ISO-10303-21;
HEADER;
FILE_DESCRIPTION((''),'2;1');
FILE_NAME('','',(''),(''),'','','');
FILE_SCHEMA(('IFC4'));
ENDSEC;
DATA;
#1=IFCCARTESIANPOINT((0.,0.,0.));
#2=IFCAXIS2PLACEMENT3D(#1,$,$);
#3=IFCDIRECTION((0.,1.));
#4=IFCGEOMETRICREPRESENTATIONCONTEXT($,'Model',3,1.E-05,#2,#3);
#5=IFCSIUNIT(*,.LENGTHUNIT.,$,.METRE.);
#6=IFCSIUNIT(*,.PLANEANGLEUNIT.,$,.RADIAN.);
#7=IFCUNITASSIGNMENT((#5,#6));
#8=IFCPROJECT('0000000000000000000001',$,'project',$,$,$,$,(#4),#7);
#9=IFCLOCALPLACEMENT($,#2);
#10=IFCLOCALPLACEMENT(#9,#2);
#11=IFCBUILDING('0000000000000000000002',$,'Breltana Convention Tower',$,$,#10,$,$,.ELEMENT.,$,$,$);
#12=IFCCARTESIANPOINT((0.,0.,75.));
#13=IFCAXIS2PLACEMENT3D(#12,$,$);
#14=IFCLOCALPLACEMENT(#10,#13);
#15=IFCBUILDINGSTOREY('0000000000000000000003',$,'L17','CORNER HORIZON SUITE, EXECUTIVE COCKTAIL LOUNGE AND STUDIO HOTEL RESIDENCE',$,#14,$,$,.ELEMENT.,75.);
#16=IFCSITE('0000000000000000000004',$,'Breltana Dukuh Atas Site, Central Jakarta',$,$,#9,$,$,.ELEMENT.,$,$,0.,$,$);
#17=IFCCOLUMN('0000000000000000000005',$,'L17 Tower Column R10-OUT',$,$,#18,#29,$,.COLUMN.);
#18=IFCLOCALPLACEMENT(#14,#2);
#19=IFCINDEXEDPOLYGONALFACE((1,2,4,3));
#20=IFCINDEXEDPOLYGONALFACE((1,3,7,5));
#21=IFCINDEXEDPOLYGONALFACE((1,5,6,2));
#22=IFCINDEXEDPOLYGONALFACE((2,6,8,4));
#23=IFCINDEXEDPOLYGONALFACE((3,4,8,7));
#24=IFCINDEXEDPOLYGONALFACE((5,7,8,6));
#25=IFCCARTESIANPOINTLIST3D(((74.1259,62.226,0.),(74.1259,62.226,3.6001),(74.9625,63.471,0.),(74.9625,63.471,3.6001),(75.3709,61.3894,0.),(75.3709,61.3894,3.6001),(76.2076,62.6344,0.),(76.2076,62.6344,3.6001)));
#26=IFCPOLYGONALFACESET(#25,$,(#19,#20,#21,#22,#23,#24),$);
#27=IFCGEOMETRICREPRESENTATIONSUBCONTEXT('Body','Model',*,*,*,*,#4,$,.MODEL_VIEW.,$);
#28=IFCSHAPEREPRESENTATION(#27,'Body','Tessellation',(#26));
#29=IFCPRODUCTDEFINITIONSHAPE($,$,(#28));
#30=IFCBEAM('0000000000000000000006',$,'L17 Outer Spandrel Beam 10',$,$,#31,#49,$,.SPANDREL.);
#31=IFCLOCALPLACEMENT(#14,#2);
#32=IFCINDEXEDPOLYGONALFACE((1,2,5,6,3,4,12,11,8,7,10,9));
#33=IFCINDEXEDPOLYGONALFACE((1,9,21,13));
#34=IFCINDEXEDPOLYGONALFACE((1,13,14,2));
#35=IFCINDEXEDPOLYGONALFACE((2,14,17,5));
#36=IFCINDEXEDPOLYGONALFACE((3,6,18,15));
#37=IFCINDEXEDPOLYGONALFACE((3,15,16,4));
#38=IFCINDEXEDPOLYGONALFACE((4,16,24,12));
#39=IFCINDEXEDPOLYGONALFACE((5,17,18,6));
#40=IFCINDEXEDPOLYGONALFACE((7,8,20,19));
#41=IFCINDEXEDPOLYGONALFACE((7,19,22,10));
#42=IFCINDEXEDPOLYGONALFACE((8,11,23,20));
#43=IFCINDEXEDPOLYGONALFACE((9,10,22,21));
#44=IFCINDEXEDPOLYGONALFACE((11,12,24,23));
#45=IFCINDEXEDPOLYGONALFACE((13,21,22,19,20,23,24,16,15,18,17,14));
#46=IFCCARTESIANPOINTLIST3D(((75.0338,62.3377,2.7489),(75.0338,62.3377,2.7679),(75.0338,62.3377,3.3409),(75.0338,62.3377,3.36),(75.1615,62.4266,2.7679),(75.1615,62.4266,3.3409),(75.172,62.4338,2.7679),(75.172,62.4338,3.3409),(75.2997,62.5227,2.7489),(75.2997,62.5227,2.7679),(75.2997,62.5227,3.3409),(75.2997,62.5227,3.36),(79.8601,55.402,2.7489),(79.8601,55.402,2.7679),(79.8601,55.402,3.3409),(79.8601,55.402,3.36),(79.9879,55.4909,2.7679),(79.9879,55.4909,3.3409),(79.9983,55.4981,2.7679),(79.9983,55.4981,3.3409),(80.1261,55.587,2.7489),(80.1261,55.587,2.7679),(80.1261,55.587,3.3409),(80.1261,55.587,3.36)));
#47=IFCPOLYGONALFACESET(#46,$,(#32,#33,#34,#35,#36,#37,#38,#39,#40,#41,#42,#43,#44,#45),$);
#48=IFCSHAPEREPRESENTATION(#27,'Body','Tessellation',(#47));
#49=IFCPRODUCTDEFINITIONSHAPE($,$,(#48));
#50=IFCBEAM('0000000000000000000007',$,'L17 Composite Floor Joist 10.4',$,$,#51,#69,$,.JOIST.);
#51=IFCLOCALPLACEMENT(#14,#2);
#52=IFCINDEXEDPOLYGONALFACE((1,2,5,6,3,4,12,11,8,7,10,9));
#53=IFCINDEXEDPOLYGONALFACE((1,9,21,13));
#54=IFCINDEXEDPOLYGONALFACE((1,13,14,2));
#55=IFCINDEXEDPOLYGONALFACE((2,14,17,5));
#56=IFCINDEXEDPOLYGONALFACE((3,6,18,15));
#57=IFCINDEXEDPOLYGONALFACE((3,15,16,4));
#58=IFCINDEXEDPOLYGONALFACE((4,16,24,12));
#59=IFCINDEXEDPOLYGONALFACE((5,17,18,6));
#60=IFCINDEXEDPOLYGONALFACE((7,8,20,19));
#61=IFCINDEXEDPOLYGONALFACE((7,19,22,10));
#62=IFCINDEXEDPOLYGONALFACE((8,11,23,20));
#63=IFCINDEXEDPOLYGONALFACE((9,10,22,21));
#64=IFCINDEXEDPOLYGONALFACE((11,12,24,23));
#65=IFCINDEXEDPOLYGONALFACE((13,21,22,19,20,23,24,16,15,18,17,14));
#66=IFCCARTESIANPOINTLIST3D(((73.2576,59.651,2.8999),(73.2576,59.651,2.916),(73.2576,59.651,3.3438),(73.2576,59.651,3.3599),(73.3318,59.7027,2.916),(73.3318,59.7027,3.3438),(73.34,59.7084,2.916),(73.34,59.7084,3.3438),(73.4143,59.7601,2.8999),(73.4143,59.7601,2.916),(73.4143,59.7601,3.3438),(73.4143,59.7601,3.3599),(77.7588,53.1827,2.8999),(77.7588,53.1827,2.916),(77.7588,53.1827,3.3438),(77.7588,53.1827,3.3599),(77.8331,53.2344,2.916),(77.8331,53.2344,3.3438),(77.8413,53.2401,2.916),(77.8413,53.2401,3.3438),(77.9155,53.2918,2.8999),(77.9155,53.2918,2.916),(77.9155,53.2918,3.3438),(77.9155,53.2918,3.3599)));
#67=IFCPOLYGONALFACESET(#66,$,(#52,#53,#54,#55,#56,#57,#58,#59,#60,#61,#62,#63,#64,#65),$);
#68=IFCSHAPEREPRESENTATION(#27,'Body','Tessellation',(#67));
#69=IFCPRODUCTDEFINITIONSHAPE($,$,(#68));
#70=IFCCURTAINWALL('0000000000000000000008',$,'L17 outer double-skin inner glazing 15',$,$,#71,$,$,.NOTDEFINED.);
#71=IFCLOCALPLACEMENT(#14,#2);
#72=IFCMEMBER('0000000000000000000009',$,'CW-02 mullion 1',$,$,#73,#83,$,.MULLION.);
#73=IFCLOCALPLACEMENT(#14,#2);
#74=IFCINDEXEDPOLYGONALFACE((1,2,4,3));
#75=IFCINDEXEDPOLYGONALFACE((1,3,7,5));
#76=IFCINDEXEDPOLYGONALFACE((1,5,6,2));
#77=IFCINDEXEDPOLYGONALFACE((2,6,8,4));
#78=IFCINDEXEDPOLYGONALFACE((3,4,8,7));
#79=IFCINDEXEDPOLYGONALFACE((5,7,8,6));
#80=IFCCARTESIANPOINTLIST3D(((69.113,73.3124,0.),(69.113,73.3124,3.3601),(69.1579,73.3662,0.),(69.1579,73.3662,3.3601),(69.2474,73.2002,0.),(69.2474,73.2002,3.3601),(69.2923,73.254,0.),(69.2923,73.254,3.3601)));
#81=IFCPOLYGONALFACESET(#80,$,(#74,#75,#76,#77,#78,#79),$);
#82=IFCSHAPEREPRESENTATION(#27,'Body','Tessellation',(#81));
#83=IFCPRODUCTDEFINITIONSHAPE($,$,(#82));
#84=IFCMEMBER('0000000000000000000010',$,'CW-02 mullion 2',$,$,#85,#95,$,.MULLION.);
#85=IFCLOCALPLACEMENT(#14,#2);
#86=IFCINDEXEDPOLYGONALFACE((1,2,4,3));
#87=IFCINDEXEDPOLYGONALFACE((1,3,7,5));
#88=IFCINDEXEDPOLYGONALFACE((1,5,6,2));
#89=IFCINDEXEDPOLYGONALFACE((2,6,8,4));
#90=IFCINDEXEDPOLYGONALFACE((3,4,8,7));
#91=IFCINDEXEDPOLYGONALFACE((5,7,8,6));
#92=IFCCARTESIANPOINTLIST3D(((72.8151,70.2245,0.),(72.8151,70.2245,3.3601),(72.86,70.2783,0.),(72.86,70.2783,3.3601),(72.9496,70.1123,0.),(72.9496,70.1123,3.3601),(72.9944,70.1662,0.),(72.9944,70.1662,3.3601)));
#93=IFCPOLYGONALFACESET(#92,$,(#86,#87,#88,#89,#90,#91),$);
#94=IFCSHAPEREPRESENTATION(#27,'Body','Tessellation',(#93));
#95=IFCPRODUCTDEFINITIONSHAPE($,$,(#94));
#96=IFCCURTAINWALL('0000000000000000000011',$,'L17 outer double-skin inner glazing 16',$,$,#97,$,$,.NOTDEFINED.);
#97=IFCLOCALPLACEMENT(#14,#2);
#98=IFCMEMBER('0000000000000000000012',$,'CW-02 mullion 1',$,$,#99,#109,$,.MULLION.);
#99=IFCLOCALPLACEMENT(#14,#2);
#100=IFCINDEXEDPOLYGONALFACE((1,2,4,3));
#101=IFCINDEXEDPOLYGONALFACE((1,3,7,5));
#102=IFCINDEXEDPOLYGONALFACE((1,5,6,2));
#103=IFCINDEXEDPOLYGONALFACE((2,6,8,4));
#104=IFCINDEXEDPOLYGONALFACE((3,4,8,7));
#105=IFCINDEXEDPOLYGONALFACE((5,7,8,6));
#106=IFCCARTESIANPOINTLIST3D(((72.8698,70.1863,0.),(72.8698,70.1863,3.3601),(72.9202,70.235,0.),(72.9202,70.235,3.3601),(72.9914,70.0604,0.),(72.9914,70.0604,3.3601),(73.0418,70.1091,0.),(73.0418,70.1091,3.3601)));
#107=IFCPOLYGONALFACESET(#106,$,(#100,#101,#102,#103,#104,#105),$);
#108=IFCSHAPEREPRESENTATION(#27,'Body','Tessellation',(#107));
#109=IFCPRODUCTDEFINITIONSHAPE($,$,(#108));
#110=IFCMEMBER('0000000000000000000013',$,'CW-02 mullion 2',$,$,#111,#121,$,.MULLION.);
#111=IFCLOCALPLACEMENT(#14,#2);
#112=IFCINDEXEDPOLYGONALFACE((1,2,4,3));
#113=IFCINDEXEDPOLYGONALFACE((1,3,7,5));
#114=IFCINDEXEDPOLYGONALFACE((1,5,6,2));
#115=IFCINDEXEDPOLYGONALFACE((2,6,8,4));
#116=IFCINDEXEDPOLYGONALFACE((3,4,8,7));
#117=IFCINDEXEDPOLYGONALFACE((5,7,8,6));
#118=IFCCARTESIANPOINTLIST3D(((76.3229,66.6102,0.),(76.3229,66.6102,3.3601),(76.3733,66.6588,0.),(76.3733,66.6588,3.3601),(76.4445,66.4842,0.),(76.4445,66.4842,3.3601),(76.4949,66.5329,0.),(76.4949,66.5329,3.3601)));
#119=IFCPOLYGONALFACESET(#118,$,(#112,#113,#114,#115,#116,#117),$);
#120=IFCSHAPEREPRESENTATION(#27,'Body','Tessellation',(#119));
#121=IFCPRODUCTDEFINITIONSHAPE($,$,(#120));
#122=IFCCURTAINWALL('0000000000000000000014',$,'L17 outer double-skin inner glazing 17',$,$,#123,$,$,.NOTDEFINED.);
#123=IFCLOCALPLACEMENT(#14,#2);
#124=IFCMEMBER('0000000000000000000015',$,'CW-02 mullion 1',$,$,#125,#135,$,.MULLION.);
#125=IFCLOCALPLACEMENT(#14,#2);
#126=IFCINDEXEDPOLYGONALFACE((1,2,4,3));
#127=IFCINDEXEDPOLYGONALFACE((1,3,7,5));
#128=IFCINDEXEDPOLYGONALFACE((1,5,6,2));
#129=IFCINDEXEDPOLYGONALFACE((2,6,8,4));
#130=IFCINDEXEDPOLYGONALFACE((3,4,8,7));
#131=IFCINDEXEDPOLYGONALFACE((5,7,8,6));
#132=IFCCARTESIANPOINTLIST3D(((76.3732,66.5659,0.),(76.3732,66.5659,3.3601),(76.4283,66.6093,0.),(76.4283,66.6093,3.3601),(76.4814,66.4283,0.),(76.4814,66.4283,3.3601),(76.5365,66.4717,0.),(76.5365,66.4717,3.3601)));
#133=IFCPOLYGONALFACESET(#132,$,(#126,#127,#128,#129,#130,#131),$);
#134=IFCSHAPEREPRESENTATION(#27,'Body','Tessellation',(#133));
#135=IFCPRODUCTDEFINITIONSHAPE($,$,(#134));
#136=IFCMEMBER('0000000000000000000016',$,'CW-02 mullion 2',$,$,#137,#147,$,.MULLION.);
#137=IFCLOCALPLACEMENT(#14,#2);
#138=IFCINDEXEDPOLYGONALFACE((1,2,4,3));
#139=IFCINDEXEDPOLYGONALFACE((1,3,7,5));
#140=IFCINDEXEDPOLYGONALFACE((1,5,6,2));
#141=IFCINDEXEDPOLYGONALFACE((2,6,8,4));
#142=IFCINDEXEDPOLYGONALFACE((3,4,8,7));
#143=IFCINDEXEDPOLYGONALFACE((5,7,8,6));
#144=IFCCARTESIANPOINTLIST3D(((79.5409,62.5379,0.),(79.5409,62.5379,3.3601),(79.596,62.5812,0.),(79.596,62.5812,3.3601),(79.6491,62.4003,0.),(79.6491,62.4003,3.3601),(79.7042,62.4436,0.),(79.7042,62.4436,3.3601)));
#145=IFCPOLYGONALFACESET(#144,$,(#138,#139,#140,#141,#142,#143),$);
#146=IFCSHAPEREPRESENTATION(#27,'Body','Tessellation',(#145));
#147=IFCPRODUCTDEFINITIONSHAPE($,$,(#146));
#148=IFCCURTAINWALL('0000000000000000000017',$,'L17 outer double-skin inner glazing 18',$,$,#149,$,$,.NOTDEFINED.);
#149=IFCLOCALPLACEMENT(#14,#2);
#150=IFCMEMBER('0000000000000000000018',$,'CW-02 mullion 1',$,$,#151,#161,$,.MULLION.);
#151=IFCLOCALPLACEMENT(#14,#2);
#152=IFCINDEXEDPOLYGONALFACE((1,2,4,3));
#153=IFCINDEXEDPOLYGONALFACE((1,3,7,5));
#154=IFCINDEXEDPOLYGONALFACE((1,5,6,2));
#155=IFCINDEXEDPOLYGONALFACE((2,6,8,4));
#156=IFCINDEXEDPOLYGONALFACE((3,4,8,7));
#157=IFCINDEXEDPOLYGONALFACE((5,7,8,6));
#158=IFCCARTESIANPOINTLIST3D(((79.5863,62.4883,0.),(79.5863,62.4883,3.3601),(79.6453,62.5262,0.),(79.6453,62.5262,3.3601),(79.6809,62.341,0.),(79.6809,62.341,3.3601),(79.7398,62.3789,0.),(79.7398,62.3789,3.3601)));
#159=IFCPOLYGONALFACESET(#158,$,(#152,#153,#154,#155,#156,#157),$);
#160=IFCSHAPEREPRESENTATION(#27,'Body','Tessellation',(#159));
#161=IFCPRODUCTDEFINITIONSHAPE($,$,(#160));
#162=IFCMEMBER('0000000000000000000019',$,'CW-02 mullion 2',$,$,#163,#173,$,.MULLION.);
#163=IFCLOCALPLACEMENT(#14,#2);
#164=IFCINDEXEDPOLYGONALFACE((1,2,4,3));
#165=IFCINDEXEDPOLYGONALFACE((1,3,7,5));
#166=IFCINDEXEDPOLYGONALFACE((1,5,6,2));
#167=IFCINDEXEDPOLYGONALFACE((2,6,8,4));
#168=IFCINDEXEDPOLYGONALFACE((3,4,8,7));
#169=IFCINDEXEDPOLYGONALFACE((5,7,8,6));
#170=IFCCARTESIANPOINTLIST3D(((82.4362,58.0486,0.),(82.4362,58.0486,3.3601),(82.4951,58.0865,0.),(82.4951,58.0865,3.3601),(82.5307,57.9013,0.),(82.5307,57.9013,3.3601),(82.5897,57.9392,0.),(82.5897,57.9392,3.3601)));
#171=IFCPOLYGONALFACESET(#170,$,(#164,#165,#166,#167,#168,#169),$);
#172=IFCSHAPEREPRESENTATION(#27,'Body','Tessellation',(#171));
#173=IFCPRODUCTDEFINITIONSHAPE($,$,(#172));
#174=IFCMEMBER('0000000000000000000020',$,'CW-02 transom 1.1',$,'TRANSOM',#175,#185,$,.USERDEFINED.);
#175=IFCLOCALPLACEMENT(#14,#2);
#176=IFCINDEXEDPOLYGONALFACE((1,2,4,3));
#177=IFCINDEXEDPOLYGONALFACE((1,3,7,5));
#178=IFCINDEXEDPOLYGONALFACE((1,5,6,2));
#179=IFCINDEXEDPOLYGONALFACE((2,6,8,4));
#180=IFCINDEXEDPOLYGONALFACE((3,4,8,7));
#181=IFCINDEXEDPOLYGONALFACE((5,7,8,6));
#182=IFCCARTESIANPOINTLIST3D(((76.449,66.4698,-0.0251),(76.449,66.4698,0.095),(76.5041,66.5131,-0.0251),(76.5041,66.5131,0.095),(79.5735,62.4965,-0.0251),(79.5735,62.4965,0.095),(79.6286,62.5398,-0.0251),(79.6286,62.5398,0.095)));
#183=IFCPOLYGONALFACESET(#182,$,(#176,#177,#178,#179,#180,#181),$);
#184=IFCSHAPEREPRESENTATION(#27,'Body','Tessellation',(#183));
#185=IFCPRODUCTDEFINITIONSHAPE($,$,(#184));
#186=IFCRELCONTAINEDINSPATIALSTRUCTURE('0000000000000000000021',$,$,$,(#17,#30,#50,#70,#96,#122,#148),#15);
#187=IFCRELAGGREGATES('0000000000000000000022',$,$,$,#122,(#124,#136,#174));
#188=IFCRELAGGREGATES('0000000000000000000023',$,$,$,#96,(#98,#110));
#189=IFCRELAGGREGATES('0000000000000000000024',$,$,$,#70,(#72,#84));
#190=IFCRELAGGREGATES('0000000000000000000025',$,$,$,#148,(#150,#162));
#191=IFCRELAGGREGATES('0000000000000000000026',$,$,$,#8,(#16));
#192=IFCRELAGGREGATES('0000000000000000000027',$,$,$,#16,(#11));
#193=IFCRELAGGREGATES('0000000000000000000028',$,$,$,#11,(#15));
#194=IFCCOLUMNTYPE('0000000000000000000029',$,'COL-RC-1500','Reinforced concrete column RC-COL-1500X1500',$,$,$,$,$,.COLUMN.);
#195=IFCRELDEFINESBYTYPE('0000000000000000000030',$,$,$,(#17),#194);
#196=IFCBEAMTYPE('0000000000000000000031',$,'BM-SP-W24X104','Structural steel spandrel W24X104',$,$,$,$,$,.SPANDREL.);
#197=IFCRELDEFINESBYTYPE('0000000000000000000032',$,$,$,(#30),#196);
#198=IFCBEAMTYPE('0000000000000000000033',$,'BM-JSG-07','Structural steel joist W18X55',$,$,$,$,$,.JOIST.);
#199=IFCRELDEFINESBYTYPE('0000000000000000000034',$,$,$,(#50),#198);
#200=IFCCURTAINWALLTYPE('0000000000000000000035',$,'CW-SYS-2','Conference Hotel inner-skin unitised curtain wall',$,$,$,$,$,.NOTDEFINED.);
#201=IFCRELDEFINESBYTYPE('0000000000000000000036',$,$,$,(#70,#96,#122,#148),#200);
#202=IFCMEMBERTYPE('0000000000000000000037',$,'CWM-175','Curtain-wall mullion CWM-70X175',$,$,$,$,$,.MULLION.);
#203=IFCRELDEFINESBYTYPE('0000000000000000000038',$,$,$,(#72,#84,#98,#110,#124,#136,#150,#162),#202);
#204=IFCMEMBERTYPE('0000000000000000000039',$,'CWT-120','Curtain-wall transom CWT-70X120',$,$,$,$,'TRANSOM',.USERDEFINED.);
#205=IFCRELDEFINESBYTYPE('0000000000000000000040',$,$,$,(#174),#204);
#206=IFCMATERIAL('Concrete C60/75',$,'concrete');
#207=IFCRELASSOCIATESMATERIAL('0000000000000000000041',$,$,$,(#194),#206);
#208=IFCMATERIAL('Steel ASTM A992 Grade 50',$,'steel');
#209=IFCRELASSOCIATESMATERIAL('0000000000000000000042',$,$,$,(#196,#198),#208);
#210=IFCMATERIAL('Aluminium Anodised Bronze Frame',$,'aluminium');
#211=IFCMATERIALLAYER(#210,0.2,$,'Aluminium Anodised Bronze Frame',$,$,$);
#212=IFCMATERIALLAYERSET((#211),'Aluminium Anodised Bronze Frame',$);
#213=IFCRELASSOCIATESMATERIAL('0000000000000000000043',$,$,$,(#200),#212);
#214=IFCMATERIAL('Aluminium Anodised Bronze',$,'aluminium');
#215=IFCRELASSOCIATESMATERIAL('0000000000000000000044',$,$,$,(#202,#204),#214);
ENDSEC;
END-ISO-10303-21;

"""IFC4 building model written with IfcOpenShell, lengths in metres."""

from ifc_helpers import new_model, si_unit, direction, frame, origin, origin_2d, place, context, subcontext, project, spatial, rectangle, i_section, extrude, source, transform, mapped, material, layer, layer_set, material_profile, profile_set, type_object, type_shapes, element, aggregate, save


model = new_model("IFC4")

# Units and contexts
model_context = context("Model", 3, precision=1e-05, world=origin(), true_north=direction((0.0, 1.0)))
body_context = subcontext(model_context, "Body", "Model", "MODEL_VIEW")
ifc_project = project(units=[si_unit("LENGTHUNIT", "METRE"), si_unit("PLANEANGLEUNIT", "RADIAN")], contexts=[model_context])

# Site, building, storey
site_placement = place(None, origin())
site = spatial("IfcSite", under=ifc_project, at=site_placement, Name="Breltana Dukuh Atas Site, Central Jakarta", CompositionType="ELEMENT", RefElevation=0.0)
building_placement = place(site_placement, origin())
building = spatial("IfcBuilding", under=site, at=building_placement, Name="Breltana Convention Tower", CompositionType="ELEMENT")
storey_placement = place(building_placement, frame((0.0, 0.0, 75.0)))
storey = spatial("IfcBuildingStorey", under=building, at=storey_placement, Name="L17", Description="CORNER HORIZON SUITE, EXECUTIVE COCKTAIL LOUNGE AND STUDIO HOTEL RESIDENCE", CompositionType="ELEMENT", Elevation=75.0)

# Column
ifc_material_1 = material(Name="Concrete C60/75", Category="concrete")
ifc_material_profile_1 = material_profile(ifc_material_1, rectangle(XDim=1.5, YDim=1.5, at=origin_2d()), Name="RC-COL-1500X1500")
ifc_profile_set_1 = profile_set([ifc_material_profile_1], Name="Concrete C60/75")
column_type = type_object("IfcColumnType", Name="COL-RC-1500", Description="Reinforced concrete column RC-COL-1500X1500", PredefinedType="COLUMN", material=ifc_profile_set_1)
shared_shape_1 = source(origin(), body_context, "Body", "SweptSolid", [
    extrude(rectangle(XDim=1.5, YDim=1.5, at=origin_2d()), origin(), (0.0, 0.0, 1.0), 3.6001),
])
column_placement = place(storey_placement, frame((75.1667, 62.4302, 0.0), z_axis=(0.0, 0.0, 1.0), x_axis=(0.557745, 0.830012, 0.0)))
element("IfcColumn", 1, at=column_placement, inside=storey, type_object=column_type, Name="L17 Tower Column R10-OUT", PredefinedType="COLUMN", context=body_context, shape_type="MappedRepresentation", body=[
    mapped(shared_shape_1, transform((0.0, 0.0, 0.0), scale=1.0)),
])

# Beams
ifc_material_2 = material(Name="Steel ASTM A992 Grade 50", Category="steel")
ifc_material_profile_2 = material_profile(ifc_material_2, i_section(OverallWidth=0.324, OverallDepth=0.6111, WebThickness=0.0127, FlangeThickness=0.019, at=origin_2d()), Name="W24X104")
ifc_profile_set_2 = profile_set([ifc_material_profile_2], Name="Steel ASTM A992 Grade 50")
beam_type_1 = type_object("IfcBeamType", Name="BM-SP-W24X104", Description="Structural steel spandrel W24X104", PredefinedType="SPANDREL", material=ifc_profile_set_2)
shared_shape_2 = source(origin(), body_context, "Body", "SweptSolid", [
    extrude(i_section(OverallWidth=0.324, OverallDepth=0.6111, WebThickness=0.0127, FlangeThickness=0.019, at=origin_2d()), origin(), (0.0, 0.0, 1.0), 8.4497),
])
beam_1_placement = place(storey_placement, frame((75.1667, 62.4302, 3.0544), z_axis=(0.571186, -0.820821, 0.0), x_axis=(0.820821, 0.571186, 0.0)))
element("IfcBeam", 2, at=beam_1_placement, inside=storey, type_object=beam_type_1, Name="L17 Outer Spandrel Beam 10", PredefinedType="SPANDREL", context=body_context, shape_type="MappedRepresentation", body=[
    mapped(shared_shape_2, transform((0.0, 0.0, 0.0), scale=1.0)),
])
ifc_material_profile_3 = material_profile(ifc_material_2, i_section(OverallWidth=0.1909, OverallDepth=0.46, WebThickness=0.01, FlangeThickness=0.0161, at=origin_2d()), Name="W18X55")
ifc_profile_set_3 = profile_set([ifc_material_profile_3], Name="Steel ASTM A992 Grade 50")
beam_type_2 = type_object("IfcBeamType", Name="BM-JSG-07", Description="Structural steel joist W18X55", PredefinedType="JOIST", material=ifc_profile_set_3)
shared_shape_3 = source(origin(), body_context, "Body", "SweptSolid", [
    extrude(i_section(OverallWidth=0.1909, OverallDepth=0.46, WebThickness=0.01, FlangeThickness=0.0161, at=origin_2d()), origin(), (0.0, 0.0, 1.0), 7.8804),
])
beam_2_placement = place(storey_placement, frame((73.3359, 59.7056, 3.1299), z_axis=(0.571198, -0.820812, 0.0), x_axis=(0.820812, 0.571198, 0.0)))
element("IfcBeam", 3, at=beam_2_placement, inside=storey, type_object=beam_type_2, Name="L17 Composite Floor Joist 10.4", PredefinedType="JOIST", context=body_context, shape_type="MappedRepresentation", body=[
    mapped(shared_shape_3, transform((0.0, 0.0, 0.0), scale=1.0)),
])

# Curtain walls, members
ifc_material_3 = material(Name="Aluminium Anodised Bronze Frame", Category="aluminium")
ifc_layer_1 = layer(ifc_material_3, 0.2, Name="Aluminium Anodised Bronze Frame")
ifc_layer_set_1 = layer_set([ifc_layer_1], Name="Aluminium Anodised Bronze Frame")
curtain_wall_type = type_object("IfcCurtainWallType", Name="CW-SYS-2", Description="Conference Hotel inner-skin unitised curtain wall", PredefinedType="NOTDEFINED", material=ifc_layer_set_1)
curtain_wall_1_placement = place(storey_placement, origin())
curtain_wall_1 = element("IfcCurtainWall", 4, at=curtain_wall_1_placement, inside=storey, type_object=curtain_wall_type, Name="L17 outer double-skin inner glazing 15", PredefinedType="NOTDEFINED")
ifc_material_4 = material(Name="Aluminium Anodised Bronze", Category="aluminium")
ifc_material_profile_4 = material_profile(ifc_material_4, rectangle(XDim=0.0701, YDim=0.175, at=origin_2d()), Name="CWM-70X175")
ifc_profile_set_4 = profile_set([ifc_material_profile_4], Name="Aluminium Anodised Bronze")
member_type_1 = type_object("IfcMemberType", Name="CWM-175", Description="Curtain-wall mullion CWM-70X175", PredefinedType="MULLION", material=ifc_profile_set_4)
shared_shape_4 = source(origin(), body_context, "Body", "SweptSolid", [
    extrude(rectangle(XDim=0.0701, YDim=0.175, at=origin_2d()), origin(), (0.0, 0.0, 1.0), 3.3601),
])
type_shapes(member_type_1, [shared_shape_4])
member_1_placement = place(storey_placement, frame((69.2026, 73.2832, 0.0), z_axis=(0.0, 0.0, 1.0), x_axis=(0.64052, 0.767941, 0.0)))
member_1 = element("IfcMember", 5, at=member_1_placement, type_object=member_type_1, Name="CW-02 mullion 1", PredefinedType="MULLION", context=body_context, shape_type="MappedRepresentation", body=[
    mapped(shared_shape_4, transform((0.0, 0.0, 0.0), scale=1.0)),
])
member_2_placement = place(storey_placement, frame((72.9048, 70.1953, 0.0), z_axis=(0.0, 0.0, 1.0), x_axis=(0.64052, 0.767941, 0.0)))
member_2 = element("IfcMember", 6, at=member_2_placement, type_object=member_type_1, Name="CW-02 mullion 2", PredefinedType="MULLION", context=body_context, shape_type="MappedRepresentation", body=[
    mapped(shared_shape_4, transform((0.0, 0.0, 0.0), scale=1.0)),
])
curtain_wall_2_placement = place(storey_placement, origin())
curtain_wall_2 = element("IfcCurtainWall", 7, at=curtain_wall_2_placement, inside=storey, type_object=curtain_wall_type, Name="L17 outer double-skin inner glazing 16", PredefinedType="NOTDEFINED")
member_3_placement = place(storey_placement, frame((72.9558, 70.1477, 0.0), z_axis=(0.0, 0.0, 1.0), x_axis=(0.719386, 0.69461, 0.0)))
member_3 = element("IfcMember", 8, at=member_3_placement, type_object=member_type_1, Name="CW-02 mullion 1", PredefinedType="MULLION", context=body_context, shape_type="MappedRepresentation", body=[
    mapped(shared_shape_4, transform((0.0, 0.0, 0.0), scale=1.0)),
])
member_4_placement = place(storey_placement, frame((76.4089, 66.5715, 0.0), z_axis=(0.0, 0.0, 1.0), x_axis=(0.719386, 0.69461, 0.0)))
member_4 = element("IfcMember", 9, at=member_4_placement, type_object=member_type_1, Name="CW-02 mullion 2", PredefinedType="MULLION", context=body_context, shape_type="MappedRepresentation", body=[
    mapped(shared_shape_4, transform((0.0, 0.0, 0.0), scale=1.0)),
])
curtain_wall_3_placement = place(storey_placement, origin())
curtain_wall_3 = element("IfcCurtainWall", 10, at=curtain_wall_3_placement, inside=storey, type_object=curtain_wall_type, Name="L17 outer double-skin inner glazing 17", PredefinedType="NOTDEFINED")
member_5_placement = place(storey_placement, frame((76.4548, 66.5188, 0.0), z_axis=(0.0, 0.0, 1.0), x_axis=(0.786057, 0.618154, 0.0)))
member_5 = element("IfcMember", 11, at=member_5_placement, type_object=member_type_1, Name="CW-02 mullion 1", PredefinedType="MULLION", context=body_context, shape_type="MappedRepresentation", body=[
    mapped(shared_shape_4, transform((0.0, 0.0, 0.0), scale=1.0)),
])
member_6_placement = place(storey_placement, frame((79.6226, 62.4907, 0.0), z_axis=(0.0, 0.0, 1.0), x_axis=(0.786057, 0.618154, 0.0)))
member_6 = element("IfcMember", 12, at=member_6_placement, type_object=member_type_1, Name="CW-02 mullion 2", PredefinedType="MULLION", context=body_context, shape_type="MappedRepresentation", body=[
    mapped(shared_shape_4, transform((0.0, 0.0, 0.0), scale=1.0)),
])
curtain_wall_4_placement = place(storey_placement, origin())
curtain_wall_4 = element("IfcCurtainWall", 13, at=curtain_wall_4_placement, inside=storey, type_object=curtain_wall_type, Name="L17 outer double-skin inner glazing 18", PredefinedType="NOTDEFINED")
member_7_placement = place(storey_placement, frame((79.6631, 62.4336, 0.0), z_axis=(0.0, 0.0, 1.0), x_axis=(0.841549, 0.540181, 0.0)))
member_7 = element("IfcMember", 14, at=member_7_placement, type_object=member_type_1, Name="CW-02 mullion 1", PredefinedType="MULLION", context=body_context, shape_type="MappedRepresentation", body=[
    mapped(shared_shape_4, transform((0.0, 0.0, 0.0), scale=1.0)),
])
member_8_placement = place(storey_placement, frame((82.5129, 57.9939, 0.0), z_axis=(0.0, 0.0, 1.0), x_axis=(0.841549, 0.540181, 0.0)))
member_8 = element("IfcMember", 15, at=member_8_placement, type_object=member_type_1, Name="CW-02 mullion 2", PredefinedType="MULLION", context=body_context, shape_type="MappedRepresentation", body=[
    mapped(shared_shape_4, transform((0.0, 0.0, 0.0), scale=1.0)),
])

# Member
ifc_material_profile_5 = material_profile(ifc_material_4, rectangle(XDim=0.0701, YDim=0.1201, at=origin_2d()), Name="CWT-70X120")
ifc_profile_set_5 = profile_set([ifc_material_profile_5], Name="Aluminium Anodised Bronze")
member_type_2 = type_object("IfcMemberType", Name="CWT-120", Description="Curtain-wall transom CWT-70X120", ElementType="TRANSOM", PredefinedType="USERDEFINED", material=ifc_profile_set_5)
shared_shape_5 = source(origin(), body_context, "Body", "SweptSolid", [
    extrude(rectangle(XDim=0.0701, YDim=0.1201, at=origin_2d()), origin(), (0.0, 0.0, 1.0), 5.0547),
])
member_9_placement = place(storey_placement, frame((76.4766, 66.4915, 0.0349), z_axis=(0.618135, -0.786072, 0.0), x_axis=(0.786072, 0.618135, 0.0)))
member_9 = element("IfcMember", 16, at=member_9_placement, type_object=member_type_2, Name="CW-02 transom 1.1", ObjectType="TRANSOM", PredefinedType="USERDEFINED", context=body_context, shape_type="MappedRepresentation", body=[
    mapped(shared_shape_5, transform((0.0, 0.0, 0.0), scale=1.0)),
])

aggregate(curtain_wall_3, [member_5, member_6, member_9])
aggregate(curtain_wall_2, [member_3, member_4])
aggregate(curtain_wall_1, [member_1, member_2])
aggregate(curtain_wall_4, [member_7, member_8])

save(model, "model.ifc")
